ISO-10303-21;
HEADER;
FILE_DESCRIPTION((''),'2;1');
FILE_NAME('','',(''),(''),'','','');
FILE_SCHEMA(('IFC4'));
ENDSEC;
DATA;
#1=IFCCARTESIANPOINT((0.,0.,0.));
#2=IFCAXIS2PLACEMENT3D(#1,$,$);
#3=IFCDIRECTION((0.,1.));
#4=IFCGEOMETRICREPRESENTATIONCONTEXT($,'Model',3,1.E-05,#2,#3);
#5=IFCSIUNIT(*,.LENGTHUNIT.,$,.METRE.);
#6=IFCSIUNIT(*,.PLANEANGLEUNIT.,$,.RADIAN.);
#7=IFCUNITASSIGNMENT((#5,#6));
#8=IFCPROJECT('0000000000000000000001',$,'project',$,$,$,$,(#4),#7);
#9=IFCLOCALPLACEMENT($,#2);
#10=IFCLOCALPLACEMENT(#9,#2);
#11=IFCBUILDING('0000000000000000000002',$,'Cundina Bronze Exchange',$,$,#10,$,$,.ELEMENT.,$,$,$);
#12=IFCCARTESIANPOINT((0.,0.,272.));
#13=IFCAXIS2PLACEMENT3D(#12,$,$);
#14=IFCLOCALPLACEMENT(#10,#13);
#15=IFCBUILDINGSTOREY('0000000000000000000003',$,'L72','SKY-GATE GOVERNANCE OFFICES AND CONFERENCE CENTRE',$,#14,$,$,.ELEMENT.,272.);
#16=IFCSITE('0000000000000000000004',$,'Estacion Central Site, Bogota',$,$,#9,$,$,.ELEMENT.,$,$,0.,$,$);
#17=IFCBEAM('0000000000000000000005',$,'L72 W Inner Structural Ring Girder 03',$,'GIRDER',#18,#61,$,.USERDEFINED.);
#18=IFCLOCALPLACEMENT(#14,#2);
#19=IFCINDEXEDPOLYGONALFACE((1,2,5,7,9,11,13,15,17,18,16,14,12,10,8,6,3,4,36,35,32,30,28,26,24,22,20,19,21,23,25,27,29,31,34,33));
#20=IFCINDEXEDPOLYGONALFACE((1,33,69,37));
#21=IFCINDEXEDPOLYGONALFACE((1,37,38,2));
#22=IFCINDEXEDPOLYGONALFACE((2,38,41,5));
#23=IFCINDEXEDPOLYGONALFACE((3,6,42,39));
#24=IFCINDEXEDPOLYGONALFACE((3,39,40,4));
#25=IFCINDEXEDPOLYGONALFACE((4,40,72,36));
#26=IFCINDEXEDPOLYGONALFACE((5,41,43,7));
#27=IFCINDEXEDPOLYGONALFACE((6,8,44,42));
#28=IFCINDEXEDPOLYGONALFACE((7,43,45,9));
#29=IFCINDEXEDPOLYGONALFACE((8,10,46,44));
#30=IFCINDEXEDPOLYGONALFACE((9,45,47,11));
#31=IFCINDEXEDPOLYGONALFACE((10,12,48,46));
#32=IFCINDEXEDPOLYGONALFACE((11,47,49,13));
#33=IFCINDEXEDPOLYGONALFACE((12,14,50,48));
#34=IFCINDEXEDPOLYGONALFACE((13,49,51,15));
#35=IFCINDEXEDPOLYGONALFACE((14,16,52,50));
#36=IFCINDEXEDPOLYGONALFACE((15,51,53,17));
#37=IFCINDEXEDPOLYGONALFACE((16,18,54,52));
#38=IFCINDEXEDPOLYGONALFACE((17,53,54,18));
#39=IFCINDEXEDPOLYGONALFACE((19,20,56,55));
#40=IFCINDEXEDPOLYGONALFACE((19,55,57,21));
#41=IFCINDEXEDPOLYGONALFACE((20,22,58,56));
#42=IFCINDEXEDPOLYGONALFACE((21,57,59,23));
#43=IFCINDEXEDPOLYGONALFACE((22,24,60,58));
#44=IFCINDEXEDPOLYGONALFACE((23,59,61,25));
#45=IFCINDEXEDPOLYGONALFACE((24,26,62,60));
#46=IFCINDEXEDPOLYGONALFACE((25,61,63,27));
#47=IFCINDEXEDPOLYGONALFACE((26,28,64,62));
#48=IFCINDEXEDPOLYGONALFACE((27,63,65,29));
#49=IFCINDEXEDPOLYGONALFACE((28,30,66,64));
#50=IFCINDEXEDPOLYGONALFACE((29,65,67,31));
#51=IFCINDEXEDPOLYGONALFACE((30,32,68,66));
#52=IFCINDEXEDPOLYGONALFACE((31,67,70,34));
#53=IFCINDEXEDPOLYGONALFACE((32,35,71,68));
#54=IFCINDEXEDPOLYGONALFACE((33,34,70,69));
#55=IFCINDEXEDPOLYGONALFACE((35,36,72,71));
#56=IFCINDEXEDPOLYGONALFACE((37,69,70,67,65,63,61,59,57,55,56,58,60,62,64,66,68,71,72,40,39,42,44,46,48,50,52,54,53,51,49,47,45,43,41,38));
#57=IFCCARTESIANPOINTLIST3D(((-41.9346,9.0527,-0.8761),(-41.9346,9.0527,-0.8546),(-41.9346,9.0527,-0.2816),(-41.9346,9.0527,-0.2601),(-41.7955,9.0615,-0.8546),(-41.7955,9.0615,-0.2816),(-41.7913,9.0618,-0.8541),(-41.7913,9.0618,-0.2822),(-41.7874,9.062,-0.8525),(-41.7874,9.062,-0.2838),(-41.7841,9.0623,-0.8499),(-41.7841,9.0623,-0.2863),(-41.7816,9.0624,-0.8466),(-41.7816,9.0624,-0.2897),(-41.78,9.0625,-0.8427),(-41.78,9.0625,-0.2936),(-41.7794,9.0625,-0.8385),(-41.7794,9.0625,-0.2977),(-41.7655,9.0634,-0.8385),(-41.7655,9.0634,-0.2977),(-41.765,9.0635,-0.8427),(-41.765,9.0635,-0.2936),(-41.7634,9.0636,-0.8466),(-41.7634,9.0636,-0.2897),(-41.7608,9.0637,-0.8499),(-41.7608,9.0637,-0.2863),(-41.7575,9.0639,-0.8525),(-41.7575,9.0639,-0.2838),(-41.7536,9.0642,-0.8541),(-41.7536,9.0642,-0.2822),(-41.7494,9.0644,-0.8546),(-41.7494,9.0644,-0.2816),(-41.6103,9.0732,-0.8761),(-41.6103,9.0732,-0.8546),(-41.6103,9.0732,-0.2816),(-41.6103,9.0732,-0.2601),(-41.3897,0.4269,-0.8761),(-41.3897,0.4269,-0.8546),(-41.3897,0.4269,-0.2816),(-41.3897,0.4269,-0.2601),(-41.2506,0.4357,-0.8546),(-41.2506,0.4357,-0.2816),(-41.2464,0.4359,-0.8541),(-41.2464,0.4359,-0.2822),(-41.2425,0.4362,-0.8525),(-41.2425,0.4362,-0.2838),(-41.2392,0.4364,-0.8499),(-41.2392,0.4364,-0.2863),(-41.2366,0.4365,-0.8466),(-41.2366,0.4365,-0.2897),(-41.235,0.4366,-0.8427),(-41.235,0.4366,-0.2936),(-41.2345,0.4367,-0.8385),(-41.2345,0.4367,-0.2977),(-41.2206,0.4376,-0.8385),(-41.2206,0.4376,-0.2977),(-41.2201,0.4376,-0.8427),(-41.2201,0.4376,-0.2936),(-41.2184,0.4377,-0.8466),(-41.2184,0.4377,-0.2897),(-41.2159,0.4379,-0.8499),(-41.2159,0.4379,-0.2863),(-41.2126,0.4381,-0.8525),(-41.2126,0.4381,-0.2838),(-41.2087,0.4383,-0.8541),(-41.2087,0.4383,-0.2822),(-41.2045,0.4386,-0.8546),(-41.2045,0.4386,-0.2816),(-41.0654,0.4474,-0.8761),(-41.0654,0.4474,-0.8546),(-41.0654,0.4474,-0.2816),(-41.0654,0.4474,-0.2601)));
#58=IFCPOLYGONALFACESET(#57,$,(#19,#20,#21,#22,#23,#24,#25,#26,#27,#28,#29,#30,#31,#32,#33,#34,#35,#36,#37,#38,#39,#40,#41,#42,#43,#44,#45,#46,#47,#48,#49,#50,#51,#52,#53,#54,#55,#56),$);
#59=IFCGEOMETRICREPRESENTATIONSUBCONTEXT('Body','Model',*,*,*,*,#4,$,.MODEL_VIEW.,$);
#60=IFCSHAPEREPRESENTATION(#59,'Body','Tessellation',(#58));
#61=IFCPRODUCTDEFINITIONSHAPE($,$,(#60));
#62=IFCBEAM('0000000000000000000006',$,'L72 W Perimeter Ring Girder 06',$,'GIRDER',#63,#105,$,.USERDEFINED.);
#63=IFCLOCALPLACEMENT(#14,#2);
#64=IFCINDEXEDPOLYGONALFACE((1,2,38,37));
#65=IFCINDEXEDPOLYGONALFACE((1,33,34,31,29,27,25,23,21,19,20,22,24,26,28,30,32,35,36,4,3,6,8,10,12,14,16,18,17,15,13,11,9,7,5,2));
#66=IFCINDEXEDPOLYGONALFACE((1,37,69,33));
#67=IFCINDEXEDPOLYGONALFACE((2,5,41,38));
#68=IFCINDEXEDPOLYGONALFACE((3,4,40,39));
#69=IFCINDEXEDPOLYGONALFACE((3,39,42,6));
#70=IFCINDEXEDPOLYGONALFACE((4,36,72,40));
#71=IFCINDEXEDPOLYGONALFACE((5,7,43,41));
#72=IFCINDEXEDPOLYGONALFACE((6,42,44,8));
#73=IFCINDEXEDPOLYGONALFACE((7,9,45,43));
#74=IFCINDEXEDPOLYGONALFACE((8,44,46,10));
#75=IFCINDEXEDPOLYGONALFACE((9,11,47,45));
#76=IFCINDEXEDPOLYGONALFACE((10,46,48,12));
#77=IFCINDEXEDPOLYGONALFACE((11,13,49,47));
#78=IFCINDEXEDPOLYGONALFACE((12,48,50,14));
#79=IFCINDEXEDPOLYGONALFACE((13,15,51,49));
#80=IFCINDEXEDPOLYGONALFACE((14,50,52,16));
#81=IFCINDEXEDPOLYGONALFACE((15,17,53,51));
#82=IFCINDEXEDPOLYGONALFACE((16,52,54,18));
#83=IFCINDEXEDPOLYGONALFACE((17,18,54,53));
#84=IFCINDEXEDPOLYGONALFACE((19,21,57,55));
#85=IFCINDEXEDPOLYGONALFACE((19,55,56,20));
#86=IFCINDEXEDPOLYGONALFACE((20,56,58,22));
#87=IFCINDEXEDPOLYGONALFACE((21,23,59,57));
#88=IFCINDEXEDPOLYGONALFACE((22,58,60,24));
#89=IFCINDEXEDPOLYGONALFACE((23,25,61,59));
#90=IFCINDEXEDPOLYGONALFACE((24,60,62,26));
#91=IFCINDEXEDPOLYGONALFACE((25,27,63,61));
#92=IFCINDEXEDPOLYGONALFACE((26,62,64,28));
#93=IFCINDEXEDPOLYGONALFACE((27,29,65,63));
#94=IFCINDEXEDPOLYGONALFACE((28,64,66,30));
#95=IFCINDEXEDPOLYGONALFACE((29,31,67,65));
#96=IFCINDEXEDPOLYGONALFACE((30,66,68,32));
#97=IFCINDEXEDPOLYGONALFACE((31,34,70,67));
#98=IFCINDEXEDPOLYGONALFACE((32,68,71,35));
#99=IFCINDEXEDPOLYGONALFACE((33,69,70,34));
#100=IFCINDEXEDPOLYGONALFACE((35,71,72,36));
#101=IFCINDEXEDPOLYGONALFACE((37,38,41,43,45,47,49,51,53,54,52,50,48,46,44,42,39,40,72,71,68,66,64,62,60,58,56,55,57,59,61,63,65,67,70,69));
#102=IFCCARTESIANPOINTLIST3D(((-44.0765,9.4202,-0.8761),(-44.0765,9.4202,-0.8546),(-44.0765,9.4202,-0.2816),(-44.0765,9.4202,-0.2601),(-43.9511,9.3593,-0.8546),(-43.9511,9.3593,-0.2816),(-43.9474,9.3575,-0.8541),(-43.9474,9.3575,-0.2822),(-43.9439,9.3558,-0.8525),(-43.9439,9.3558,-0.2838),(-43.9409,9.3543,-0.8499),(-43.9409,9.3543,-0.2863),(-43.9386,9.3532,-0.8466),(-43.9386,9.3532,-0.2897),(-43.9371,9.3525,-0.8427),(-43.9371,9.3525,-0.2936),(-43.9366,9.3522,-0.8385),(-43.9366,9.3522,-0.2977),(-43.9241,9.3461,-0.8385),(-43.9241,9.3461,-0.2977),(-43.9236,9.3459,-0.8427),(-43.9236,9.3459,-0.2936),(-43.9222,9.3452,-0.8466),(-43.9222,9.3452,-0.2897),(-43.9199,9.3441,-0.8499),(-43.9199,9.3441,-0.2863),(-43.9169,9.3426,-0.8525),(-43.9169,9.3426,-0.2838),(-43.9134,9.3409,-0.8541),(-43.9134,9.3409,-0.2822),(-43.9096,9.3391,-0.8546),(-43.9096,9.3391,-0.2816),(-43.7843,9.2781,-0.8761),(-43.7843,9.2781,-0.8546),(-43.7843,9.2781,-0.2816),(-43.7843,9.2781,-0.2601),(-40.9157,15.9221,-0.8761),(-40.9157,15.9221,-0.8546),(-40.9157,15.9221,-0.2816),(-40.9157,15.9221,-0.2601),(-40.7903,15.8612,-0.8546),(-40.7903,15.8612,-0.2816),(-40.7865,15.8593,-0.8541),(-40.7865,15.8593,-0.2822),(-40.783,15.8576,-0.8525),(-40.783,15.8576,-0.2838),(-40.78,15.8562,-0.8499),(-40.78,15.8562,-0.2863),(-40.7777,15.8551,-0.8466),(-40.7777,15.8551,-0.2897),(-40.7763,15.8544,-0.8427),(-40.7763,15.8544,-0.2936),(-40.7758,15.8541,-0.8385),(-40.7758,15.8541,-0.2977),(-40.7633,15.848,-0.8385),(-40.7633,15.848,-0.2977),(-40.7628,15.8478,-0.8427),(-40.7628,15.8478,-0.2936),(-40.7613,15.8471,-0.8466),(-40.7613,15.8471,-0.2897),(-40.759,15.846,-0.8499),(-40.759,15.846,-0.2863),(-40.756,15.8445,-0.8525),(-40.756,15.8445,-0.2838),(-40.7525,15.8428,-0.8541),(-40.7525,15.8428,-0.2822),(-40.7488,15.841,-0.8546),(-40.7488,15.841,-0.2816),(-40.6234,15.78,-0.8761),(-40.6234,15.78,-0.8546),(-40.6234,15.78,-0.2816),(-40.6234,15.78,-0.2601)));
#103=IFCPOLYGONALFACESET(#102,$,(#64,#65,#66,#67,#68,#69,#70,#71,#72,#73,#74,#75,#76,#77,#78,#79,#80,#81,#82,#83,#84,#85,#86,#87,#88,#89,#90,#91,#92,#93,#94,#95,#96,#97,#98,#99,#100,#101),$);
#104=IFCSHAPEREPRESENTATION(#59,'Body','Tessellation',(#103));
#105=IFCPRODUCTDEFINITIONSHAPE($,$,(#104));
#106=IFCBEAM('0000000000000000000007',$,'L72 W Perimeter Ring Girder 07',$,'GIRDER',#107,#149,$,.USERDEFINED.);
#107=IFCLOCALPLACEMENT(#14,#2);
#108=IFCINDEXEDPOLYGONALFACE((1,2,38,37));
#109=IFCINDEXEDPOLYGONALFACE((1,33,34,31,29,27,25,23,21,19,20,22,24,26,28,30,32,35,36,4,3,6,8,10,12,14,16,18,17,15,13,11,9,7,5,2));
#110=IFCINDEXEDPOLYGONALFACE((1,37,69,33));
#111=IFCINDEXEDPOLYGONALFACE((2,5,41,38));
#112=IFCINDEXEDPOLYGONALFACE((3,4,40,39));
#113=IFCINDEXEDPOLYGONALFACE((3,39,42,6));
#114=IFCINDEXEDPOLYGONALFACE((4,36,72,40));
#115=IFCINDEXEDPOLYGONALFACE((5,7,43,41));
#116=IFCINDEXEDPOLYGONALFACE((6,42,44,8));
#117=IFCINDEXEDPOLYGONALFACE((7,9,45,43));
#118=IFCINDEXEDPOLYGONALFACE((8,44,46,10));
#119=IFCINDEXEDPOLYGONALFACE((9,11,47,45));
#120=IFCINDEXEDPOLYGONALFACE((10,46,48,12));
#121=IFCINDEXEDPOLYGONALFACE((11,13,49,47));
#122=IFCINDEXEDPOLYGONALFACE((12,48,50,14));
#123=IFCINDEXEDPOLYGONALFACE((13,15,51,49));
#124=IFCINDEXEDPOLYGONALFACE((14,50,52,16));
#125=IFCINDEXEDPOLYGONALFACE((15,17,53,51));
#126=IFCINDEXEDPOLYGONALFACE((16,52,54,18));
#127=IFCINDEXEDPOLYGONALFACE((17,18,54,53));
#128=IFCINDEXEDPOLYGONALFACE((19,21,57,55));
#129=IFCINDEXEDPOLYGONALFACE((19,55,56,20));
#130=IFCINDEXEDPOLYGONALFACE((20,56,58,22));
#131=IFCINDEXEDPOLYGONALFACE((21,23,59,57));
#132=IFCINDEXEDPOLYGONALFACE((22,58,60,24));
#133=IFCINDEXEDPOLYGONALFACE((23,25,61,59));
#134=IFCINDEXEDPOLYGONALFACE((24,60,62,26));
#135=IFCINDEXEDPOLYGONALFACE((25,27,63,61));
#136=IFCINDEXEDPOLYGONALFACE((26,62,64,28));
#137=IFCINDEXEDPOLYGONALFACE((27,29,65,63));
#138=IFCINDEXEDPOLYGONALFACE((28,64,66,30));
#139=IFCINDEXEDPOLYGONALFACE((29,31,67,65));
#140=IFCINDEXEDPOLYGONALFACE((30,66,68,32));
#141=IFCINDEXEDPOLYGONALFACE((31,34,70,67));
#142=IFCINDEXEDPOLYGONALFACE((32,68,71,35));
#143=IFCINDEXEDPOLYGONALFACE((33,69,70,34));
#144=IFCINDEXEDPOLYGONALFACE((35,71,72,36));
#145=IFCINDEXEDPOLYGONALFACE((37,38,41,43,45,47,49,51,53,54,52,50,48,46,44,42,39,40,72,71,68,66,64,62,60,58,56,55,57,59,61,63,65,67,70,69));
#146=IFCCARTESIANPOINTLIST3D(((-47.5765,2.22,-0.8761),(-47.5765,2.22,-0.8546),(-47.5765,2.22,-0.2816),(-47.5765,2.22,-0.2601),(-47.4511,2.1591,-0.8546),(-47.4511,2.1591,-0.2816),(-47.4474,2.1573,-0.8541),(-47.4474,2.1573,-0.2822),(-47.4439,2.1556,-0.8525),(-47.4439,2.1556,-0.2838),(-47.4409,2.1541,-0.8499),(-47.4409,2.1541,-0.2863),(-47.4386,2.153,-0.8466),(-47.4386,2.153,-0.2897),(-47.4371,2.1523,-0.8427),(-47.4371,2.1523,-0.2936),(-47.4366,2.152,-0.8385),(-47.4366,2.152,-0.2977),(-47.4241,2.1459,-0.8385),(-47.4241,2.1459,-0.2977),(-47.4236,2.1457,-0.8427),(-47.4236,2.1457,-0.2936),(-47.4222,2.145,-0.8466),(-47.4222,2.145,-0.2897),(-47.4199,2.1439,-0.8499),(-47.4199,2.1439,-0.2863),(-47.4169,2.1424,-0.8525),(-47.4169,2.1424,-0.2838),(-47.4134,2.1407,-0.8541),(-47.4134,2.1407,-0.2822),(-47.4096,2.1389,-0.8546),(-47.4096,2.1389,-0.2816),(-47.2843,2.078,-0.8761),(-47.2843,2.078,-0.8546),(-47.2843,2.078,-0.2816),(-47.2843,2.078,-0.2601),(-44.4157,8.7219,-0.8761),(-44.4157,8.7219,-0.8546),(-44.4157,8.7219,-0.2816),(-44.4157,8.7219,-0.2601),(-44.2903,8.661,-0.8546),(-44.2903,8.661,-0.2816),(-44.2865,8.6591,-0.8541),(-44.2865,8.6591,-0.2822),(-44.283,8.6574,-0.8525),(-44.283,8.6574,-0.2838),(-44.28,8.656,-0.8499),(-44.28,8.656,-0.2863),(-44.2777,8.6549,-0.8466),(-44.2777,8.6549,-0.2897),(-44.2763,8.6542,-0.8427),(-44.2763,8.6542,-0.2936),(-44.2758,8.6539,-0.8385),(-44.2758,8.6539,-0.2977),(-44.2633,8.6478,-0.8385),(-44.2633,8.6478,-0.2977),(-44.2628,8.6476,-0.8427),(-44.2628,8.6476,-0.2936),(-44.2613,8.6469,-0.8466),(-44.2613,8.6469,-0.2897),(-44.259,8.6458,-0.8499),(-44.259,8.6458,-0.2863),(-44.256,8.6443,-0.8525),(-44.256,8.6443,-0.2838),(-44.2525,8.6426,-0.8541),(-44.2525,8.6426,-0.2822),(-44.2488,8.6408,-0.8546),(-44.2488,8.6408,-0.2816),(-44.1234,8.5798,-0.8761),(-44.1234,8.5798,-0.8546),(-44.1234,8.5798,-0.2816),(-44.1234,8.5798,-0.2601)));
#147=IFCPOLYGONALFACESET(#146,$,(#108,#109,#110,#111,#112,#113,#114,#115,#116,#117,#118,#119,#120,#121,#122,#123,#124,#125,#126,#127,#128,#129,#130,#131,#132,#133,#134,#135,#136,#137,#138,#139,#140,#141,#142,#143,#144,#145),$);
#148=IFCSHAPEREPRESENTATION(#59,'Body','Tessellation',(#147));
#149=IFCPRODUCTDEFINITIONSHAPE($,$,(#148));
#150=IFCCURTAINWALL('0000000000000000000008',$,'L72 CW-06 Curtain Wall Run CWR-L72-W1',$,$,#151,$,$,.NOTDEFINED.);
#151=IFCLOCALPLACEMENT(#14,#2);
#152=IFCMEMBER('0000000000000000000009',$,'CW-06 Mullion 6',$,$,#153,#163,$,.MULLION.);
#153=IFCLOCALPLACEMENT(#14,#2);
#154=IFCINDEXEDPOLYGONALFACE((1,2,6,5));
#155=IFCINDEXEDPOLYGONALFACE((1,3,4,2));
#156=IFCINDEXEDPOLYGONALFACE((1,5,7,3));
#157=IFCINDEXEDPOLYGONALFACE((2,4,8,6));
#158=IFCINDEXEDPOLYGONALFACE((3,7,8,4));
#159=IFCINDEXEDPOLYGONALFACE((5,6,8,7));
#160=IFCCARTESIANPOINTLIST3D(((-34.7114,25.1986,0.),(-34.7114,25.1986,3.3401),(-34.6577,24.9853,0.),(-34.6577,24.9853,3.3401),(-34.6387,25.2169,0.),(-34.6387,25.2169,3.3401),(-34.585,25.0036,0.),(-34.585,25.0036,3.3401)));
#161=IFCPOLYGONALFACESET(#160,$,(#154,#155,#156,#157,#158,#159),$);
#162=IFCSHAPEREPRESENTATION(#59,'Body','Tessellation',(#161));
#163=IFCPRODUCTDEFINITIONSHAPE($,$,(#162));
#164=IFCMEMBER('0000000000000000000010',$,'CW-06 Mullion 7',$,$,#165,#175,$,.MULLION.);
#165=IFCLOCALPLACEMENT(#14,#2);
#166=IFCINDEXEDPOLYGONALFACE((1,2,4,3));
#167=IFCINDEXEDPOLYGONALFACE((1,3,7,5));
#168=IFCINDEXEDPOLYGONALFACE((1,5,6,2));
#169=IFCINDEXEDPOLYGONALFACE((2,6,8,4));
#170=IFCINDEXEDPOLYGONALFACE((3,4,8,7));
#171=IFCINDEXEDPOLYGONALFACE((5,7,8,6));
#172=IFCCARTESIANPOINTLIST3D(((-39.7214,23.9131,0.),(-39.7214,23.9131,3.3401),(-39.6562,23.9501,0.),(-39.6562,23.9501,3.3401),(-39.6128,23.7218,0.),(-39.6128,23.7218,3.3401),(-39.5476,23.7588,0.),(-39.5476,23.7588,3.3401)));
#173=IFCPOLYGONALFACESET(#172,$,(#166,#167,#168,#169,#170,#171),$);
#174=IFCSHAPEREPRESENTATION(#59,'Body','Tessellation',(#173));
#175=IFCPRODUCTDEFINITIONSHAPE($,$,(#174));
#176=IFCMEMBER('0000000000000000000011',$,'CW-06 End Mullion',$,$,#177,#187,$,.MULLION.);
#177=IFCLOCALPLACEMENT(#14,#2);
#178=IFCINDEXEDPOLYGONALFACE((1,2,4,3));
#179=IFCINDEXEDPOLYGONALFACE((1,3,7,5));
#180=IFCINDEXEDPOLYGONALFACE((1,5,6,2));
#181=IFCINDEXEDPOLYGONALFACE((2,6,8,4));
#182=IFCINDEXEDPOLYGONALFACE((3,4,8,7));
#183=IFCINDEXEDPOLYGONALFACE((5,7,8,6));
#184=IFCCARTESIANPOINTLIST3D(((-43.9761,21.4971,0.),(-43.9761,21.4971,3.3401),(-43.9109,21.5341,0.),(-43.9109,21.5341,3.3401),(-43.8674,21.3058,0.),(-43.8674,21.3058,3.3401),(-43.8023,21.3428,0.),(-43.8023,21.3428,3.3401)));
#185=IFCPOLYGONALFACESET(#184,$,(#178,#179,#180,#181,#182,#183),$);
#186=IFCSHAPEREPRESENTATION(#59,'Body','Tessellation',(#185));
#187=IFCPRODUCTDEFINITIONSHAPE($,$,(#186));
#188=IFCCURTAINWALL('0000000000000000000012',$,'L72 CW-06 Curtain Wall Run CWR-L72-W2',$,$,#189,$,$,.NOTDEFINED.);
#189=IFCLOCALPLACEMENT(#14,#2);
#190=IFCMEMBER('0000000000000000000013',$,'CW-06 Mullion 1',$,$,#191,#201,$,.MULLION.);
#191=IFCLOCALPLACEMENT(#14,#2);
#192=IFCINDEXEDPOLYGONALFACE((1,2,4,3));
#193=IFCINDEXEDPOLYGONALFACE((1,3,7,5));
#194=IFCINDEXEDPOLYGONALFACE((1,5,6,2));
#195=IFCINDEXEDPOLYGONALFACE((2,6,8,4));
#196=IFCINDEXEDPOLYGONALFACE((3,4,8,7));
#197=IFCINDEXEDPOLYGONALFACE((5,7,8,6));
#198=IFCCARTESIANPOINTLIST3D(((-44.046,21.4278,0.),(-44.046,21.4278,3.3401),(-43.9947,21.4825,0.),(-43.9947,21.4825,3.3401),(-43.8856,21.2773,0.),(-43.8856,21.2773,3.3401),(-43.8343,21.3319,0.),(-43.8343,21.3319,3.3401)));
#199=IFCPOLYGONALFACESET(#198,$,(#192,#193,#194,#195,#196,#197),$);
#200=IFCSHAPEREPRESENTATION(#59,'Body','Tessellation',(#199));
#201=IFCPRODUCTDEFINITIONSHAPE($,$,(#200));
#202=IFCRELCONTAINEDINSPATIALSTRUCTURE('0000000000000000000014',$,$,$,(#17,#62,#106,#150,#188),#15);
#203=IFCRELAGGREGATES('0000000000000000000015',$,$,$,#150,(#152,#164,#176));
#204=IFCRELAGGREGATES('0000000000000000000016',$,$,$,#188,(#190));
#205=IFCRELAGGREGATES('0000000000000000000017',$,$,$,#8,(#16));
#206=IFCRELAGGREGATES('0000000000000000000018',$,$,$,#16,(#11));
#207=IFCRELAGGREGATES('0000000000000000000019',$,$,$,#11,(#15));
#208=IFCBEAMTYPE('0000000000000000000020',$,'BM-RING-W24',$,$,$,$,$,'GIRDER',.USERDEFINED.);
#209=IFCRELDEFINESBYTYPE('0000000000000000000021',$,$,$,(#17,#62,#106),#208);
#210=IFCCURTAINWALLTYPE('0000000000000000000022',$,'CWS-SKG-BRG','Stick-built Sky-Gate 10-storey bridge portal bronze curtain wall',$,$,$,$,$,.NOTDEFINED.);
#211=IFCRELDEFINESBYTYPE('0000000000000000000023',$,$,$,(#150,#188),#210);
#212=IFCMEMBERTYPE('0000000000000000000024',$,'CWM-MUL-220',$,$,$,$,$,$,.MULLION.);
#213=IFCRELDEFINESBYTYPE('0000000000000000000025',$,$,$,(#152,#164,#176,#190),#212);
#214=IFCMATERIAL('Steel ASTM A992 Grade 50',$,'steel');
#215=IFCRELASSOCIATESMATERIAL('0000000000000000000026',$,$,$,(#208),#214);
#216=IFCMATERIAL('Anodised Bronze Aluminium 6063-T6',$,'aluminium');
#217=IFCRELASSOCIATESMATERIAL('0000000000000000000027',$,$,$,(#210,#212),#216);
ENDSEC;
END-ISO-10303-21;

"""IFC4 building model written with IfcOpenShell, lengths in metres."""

from ifc_helpers import new_model, si_unit, direction, frame, origin, origin_2d, place, context, subcontext, project, spatial, rectangle, i_section, extrude, material, material_profile, profile_set, type_object, element, aggregate, save


model = new_model("IFC4")

# Units and contexts
model_context = context("Model", 3, precision=1e-05, world=origin(), true_north=direction((0.0, 1.0)))
body_context = subcontext(model_context, "Body", "Model", "MODEL_VIEW")
ifc_project = project(units=[si_unit("LENGTHUNIT", "METRE"), si_unit("PLANEANGLEUNIT", "RADIAN")], contexts=[model_context])

# Site, building, storey
site_placement = place(None, origin())
site = spatial("IfcSite", under=ifc_project, at=site_placement, Name="Estacion Central Site, Bogota", CompositionType="ELEMENT", RefElevation=0.0)
building_placement = place(site_placement, origin())
building = spatial("IfcBuilding", under=site, at=building_placement, Name="Cundina Bronze Exchange", CompositionType="ELEMENT")
storey_placement = place(building_placement, frame((0.0, 0.0, 272.0)))
storey = spatial("IfcBuildingStorey", under=building, at=storey_placement, Name="L72", Description="SKY-GATE GOVERNANCE OFFICES AND CONFERENCE CENTRE", CompositionType="ELEMENT", Elevation=272.0)

# Beams
ifc_material_1 = material(Name="Steel ASTM A992 Grade 50", Category="steel")
ifc_material_profile_1 = material_profile(ifc_material_1, i_section(OverallWidth=0.325, OverallDepth=0.616, WebThickness=0.0139, FlangeThickness=0.0215, FilletRadius=0.0161, at=origin_2d()), Name="W24X117", Category="steel")
ifc_profile_set_1 = profile_set([ifc_material_profile_1], Name="Steel ASTM A992 Grade 50")
beam_type_1 = type_object("IfcBeamType", Name="BM-RING-W24", ElementType="GIRDER", PredefinedType="USERDEFINED", material=ifc_profile_set_1)
beam_1_placement = place(storey_placement, frame((-41.7725, 9.063, -0.5681), z_axis=(0.063047, -0.998011, 0.0), x_axis=(0.998011, 0.063047, 0.0)))
element("IfcBeam", 1, at=beam_1_placement, inside=storey, type_object=beam_type_1, Name="L72 W Inner Structural Ring Girder 03", ObjectType="GIRDER", PredefinedType="USERDEFINED", context=body_context, shape_type="SweptSolid", body=[
    extrude(i_section(OverallWidth=0.325, OverallDepth=0.616, WebThickness=0.0139, FlangeThickness=0.0215, FilletRadius=0.0161, at=origin_2d()), origin(), (0.0, 0.0, 1.0), 8.6431),
])
for number, where, z_axis, x_axis, name in (
    (2, (-40.7695, 15.8511, -0.5681), (-0.437217, -0.899356, 0.0), (0.899356, -0.437217, 0.0), "L72 W Perimeter Ring Girder 06"),
    (3, (-44.2695, 8.6509, -0.5681), (-0.437217, -0.899356, 0.0), (0.899356, -0.437217, 0.0), "L72 W Perimeter Ring Girder 07"),
):
    element("IfcBeam", number, at=place(storey_placement, frame(where, z_axis=z_axis, x_axis=x_axis)), inside=storey, type_object=beam_type_1, Name=name, ObjectType="GIRDER", PredefinedType="USERDEFINED", context=body_context, shape_type="SweptSolid", body=[
        extrude(i_section(OverallWidth=0.325, OverallDepth=0.616, WebThickness=0.0139, FlangeThickness=0.0215, FilletRadius=0.0161, at=origin_2d()), origin(), (0.0, 0.0, 1.0), 7.2295),
    ])

# Curtain walls, members
ifc_material_2 = material(Name="Anodised Bronze Aluminium 6063-T6", Category="aluminium")
curtain_wall_type = type_object("IfcCurtainWallType", Name="CWS-SKG-BRG", Description="Stick-built Sky-Gate 10-storey bridge portal bronze curtain wall", PredefinedType="NOTDEFINED", material=ifc_material_2)
curtain_wall_1_placement = place(storey_placement, origin())
curtain_wall_1 = element("IfcCurtainWall", 4, at=curtain_wall_1_placement, inside=storey, type_object=curtain_wall_type, Name="L72 CW-06 Curtain Wall Run CWR-L72-W1", PredefinedType="NOTDEFINED")
ifc_material_profile_2 = material_profile(ifc_material_2, rectangle(XDim=0.075, YDim=0.22, at=origin_2d()), Name="AL75X220", Category="aluminium")
ifc_profile_set_2 = profile_set([ifc_material_profile_2], Name="Anodised Bronze Aluminium 6063-T6")
member_type_1 = type_object("IfcMemberType", Name="CWM-MUL-220", PredefinedType="MULLION", material=ifc_profile_set_2)
member_1_placement = place(storey_placement, frame((-34.6482, 25.1011, 0.0), z_axis=(0.0, 0.0, 1.0), x_axis=(-0.969744, -0.244123, 0.0)))
member_1 = element("IfcMember", 5, at=member_1_placement, type_object=member_type_1, Name="CW-06 Mullion 6", PredefinedType="MULLION", context=body_context, shape_type="SweptSolid", body=[
    extrude(rectangle(XDim=0.075, YDim=0.22, at=origin_2d()), origin(), (0.0, 0.0, 1.0), 3.3401),
])
member_2_placement = place(storey_placement, frame((-39.6345, 23.8359, 0.0), z_axis=(0.0, 0.0, 1.0), x_axis=(-0.869581, -0.49379, 0.0)))
member_2 = element("IfcMember", 6, at=member_2_placement, type_object=member_type_1, Name="CW-06 Mullion 7", PredefinedType="MULLION", context=body_context, shape_type="SweptSolid", body=[
    extrude(rectangle(XDim=0.075, YDim=0.22, at=origin_2d()), origin(), (0.0, 0.0, 1.0), 3.3401),
])
member_3_placement = place(storey_placement, frame((-43.8892, 21.4199, 0.0), z_axis=(0.0, 0.0, 1.0), x_axis=(-0.869581, -0.49379, 0.0)))
member_3 = element("IfcMember", 7, at=member_3_placement, type_object=member_type_1, Name="CW-06 End Mullion", PredefinedType="MULLION", context=body_context, shape_type="SweptSolid", body=[
    extrude(rectangle(XDim=0.075, YDim=0.22, at=origin_2d()), origin(), (0.0, 0.0, 1.0), 3.3401),
])
curtain_wall_2_placement = place(storey_placement, origin())
curtain_wall_2 = element("IfcCurtainWall", 8, at=curtain_wall_2_placement, inside=storey, type_object=curtain_wall_type, Name="L72 CW-06 Curtain Wall Run CWR-L72-W2", PredefinedType="NOTDEFINED")
member_4_placement = place(storey_placement, frame((-43.9402, 21.3799, 0.0), z_axis=(0.0, 0.0, 1.0), x_axis=(-0.684293, -0.729208, 0.0)))
member_4 = element("IfcMember", 9, at=member_4_placement, type_object=member_type_1, Name="CW-06 Mullion 1", PredefinedType="MULLION", context=body_context, shape_type="SweptSolid", body=[
    extrude(rectangle(XDim=0.075, YDim=0.22, at=origin_2d()), origin(), (0.0, 0.0, 1.0), 3.3401),
])

aggregate(curtain_wall_1, [member_1, member_2, member_3])
aggregate(curtain_wall_2, [member_4])

save(model, "model.ifc")
